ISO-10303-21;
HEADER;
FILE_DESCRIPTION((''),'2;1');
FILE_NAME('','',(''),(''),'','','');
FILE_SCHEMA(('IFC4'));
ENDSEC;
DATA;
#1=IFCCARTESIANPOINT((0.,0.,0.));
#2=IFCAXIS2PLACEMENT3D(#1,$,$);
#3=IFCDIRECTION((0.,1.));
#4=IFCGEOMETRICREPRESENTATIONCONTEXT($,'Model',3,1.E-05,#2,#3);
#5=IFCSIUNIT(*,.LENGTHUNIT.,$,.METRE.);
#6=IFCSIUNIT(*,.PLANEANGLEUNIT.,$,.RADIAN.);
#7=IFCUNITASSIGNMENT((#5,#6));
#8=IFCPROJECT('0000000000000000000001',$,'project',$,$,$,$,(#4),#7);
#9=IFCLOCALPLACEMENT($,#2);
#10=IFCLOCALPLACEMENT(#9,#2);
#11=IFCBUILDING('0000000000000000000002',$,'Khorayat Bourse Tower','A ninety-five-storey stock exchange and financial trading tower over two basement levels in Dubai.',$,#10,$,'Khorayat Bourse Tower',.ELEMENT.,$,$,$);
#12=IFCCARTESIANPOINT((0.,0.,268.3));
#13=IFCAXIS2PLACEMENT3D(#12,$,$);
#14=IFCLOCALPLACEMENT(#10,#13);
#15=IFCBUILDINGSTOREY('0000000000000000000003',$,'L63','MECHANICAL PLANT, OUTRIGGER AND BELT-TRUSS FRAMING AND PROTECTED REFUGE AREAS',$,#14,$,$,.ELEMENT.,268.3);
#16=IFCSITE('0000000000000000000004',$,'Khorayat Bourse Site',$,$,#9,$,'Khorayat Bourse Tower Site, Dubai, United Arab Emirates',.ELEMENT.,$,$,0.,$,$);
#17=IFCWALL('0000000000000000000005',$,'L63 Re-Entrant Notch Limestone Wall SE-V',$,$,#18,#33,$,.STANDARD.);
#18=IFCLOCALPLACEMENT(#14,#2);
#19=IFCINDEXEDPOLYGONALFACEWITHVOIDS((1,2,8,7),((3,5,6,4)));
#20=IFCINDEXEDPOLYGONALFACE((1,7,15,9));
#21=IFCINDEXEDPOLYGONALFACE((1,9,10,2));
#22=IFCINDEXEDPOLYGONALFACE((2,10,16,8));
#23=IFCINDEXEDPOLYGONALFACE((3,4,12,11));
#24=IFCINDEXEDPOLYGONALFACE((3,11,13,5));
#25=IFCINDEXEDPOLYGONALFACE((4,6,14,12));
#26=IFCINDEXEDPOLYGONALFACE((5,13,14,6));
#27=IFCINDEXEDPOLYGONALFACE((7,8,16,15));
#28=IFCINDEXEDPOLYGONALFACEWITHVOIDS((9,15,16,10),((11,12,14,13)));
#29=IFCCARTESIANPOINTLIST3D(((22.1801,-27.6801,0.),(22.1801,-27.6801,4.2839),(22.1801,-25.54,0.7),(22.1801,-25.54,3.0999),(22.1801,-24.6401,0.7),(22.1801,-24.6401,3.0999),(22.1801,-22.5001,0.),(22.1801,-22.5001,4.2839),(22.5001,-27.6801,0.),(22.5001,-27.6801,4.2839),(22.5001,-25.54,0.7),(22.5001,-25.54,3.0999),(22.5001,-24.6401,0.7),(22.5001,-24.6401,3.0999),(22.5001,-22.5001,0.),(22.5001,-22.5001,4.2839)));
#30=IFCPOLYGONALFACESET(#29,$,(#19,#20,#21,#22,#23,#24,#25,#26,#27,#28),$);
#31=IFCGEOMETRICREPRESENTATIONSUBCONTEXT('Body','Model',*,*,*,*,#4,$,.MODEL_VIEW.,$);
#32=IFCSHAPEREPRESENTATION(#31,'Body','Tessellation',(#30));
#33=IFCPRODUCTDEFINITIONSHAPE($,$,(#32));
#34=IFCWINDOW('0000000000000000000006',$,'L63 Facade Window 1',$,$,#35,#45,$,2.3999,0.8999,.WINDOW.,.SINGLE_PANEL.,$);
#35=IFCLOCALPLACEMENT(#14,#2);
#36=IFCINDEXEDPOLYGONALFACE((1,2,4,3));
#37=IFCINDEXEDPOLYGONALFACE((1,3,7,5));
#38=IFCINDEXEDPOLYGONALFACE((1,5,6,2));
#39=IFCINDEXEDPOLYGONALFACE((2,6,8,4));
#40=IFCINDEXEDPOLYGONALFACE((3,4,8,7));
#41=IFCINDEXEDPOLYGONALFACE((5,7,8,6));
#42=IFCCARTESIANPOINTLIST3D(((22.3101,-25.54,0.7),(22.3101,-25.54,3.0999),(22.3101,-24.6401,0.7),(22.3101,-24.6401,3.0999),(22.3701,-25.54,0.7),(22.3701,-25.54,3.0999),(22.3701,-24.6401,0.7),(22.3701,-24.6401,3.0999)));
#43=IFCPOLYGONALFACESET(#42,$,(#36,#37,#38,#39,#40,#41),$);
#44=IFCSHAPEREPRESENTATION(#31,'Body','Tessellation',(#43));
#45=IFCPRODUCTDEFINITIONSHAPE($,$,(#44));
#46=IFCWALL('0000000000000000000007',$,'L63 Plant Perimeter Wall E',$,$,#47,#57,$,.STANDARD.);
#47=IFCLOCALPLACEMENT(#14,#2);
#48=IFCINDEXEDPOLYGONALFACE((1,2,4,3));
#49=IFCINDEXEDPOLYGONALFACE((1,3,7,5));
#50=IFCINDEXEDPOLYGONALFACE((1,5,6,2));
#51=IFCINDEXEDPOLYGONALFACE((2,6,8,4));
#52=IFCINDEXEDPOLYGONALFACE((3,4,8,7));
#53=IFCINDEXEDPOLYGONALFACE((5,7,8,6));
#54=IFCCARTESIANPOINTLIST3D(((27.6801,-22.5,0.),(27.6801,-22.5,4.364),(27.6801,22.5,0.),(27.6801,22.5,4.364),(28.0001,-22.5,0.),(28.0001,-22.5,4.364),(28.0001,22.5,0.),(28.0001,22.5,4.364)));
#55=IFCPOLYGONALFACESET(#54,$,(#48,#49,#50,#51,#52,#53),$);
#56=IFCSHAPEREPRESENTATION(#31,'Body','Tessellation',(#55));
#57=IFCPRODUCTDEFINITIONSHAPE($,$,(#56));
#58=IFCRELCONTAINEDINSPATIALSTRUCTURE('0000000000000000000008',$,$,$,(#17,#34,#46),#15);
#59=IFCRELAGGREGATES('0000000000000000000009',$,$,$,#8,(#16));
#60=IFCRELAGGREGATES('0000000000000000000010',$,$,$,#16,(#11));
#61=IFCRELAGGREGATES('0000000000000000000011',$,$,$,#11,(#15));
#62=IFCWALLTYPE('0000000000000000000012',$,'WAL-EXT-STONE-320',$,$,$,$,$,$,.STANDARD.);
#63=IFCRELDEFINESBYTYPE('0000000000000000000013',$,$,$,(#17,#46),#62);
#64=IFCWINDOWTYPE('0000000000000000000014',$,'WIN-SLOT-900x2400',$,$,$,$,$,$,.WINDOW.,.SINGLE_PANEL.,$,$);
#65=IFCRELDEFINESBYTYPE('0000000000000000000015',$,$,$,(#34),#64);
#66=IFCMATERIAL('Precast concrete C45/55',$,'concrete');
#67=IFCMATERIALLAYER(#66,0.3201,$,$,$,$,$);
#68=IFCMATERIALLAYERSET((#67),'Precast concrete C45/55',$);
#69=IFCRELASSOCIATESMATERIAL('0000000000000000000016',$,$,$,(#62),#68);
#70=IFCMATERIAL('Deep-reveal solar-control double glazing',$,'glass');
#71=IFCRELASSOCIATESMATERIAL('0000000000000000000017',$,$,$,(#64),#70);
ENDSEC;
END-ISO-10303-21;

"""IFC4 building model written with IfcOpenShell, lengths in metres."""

from ifc_helpers import new_model, si_unit, direction, frame, frame_2d, origin, place, context, subcontext, project, spatial, rectangle, extrude, source, transform, mapped, material, layer, layer_set, type_object, element, fill, save


model = new_model("IFC4")

# Units and contexts
model_context = context("Model", 3, precision=1e-05, world=origin(), true_north=direction((0.0, 1.0)))
body_context = subcontext(model_context, "Body", "Model", "MODEL_VIEW")
ifc_project = project(units=[si_unit("LENGTHUNIT", "METRE"), si_unit("PLANEANGLEUNIT", "RADIAN")], contexts=[model_context])

# Site, building, storey
site_placement = place(None, origin())
site = spatial("IfcSite", under=ifc_project, at=site_placement, Name="Khorayat Bourse Site", LongName="Khorayat Bourse Tower Site, Dubai, United Arab Emirates", CompositionType="ELEMENT", RefElevation=0.0)
building_placement = place(site_placement, origin())
building = spatial("IfcBuilding", under=site, at=building_placement, Name="Khorayat Bourse Tower", Description="A ninety-five-storey stock exchange and financial trading tower over two basement levels in Dubai.", LongName="Khorayat Bourse Tower", CompositionType="ELEMENT")
storey_placement = place(building_placement, frame((0.0, 0.0, 268.3)))
storey = spatial("IfcBuildingStorey", under=building, at=storey_placement, Name="L63", Description="MECHANICAL PLANT, OUTRIGGER AND BELT-TRUSS FRAMING AND PROTECTED REFUGE AREAS", CompositionType="ELEMENT", Elevation=268.3)

# Wall, opening, window
ifc_material_1 = material(Name="Precast concrete C45/55", Category="concrete")
ifc_layer_1 = layer(ifc_material_1, 0.3201)
ifc_layer_set_1 = layer_set([ifc_layer_1], Name="Precast concrete C45/55")
wall_type = type_object("IfcWallType", Name="WAL-EXT-STONE-320", PredefinedType="STANDARD", material=ifc_layer_set_1)
shared_shape_1 = source(origin(), body_context, "Body", "SweptSolid", [
    extrude(rectangle(XDim=0.8999, YDim=2.3999, at=frame_2d((0.45, 1.2))), frame((0.0, 0.1699, 0.0), z_axis=(0.0, -1.0, 0.0), x_axis=(1.0, 0.0, 0.0)), (0.0, 0.0, 1.0), 0.3401),
])
ifc_material_2 = material(Name="Deep-reveal solar-control double glazing", Category="glass")
window_type = type_object("IfcWindowType", Name="WIN-SLOT-900x2400", PartitioningType="SINGLE_PANEL", PredefinedType="WINDOW", material=ifc_material_2)
shared_shape_2 = source(origin(), body_context, "Body", "SweptSolid", [
    extrude(rectangle(XDim=0.8999, YDim=2.3999, at=frame_2d((0.45, 1.2))), frame((0.0, 0.03, 0.0), z_axis=(0.0, -1.0, 0.0), x_axis=(1.0, 0.0, 0.0)), (0.0, 0.0, 1.0), 0.0601),
])
shared_shape_3 = source(origin(), body_context, "Body", "SweptSolid", [
    extrude(rectangle(XDim=5.1799, YDim=0.3201, at=frame_2d((2.5898, 0.0))), origin(), (0.0, 0.0, 1.0), 4.2839),
])
wall_1_placement = place(storey_placement, frame((22.3401, -27.6799, 0.0), z_axis=(0.0, 0.0, 1.0), x_axis=(0.0, 1.0, 0.0)))
wall_1 = element("IfcWall", 1, at=wall_1_placement, inside=storey, type_object=wall_type, Name="L63 Re-Entrant Notch Limestone Wall SE-V", PredefinedType="STANDARD", context=body_context, shape_type="MappedRepresentation", body=[
    mapped(shared_shape_3, transform((0.0, 0.0, 0.0), scale=1.0)),
])
opening_1_placement = place(wall_1_placement, frame((2.1399, 0.0, 0.7)))
opening_1 = element("IfcOpeningElement", 2, at=opening_1_placement, cuts=wall_1, PredefinedType="OPENING", context=body_context, shape_type="MappedRepresentation", body=[
    mapped(shared_shape_1, transform((0.0, 0.0, 0.0), scale=1.0)),
])
window_1_placement = place(opening_1_placement, origin())
window_1 = element("IfcWindow", 3, at=window_1_placement, inside=storey, type_object=window_type, Name="L63 Facade Window 1", OverallHeight=2.3999, OverallWidth=0.8999, PartitioningType="SINGLE_PANEL", PredefinedType="WINDOW", context=body_context, shape_type="MappedRepresentation", body=[
    mapped(shared_shape_2, transform((0.0, 0.0, 0.0), scale=1.0)),
])
fill(opening_1, window_1)

# Wall
shared_shape_4 = source(origin(), body_context, "Body", "SweptSolid", [
    extrude(rectangle(XDim=45.0, YDim=0.3201, at=frame_2d((22.5, 0.0))), origin(), (0.0, 0.0, 1.0), 4.364),
])
wall_2_placement = place(storey_placement, frame((27.8401, -22.5, 0.0), z_axis=(0.0, 0.0, 1.0), x_axis=(0.0, 1.0, 0.0)))
element("IfcWall", 4, at=wall_2_placement, inside=storey, type_object=wall_type, Name="L63 Plant Perimeter Wall E", PredefinedType="STANDARD", context=body_context, shape_type="MappedRepresentation", body=[
    mapped(shared_shape_4, transform((0.0, 0.0, 0.0), scale=1.0)),
])

save(model, "model.ifc")
